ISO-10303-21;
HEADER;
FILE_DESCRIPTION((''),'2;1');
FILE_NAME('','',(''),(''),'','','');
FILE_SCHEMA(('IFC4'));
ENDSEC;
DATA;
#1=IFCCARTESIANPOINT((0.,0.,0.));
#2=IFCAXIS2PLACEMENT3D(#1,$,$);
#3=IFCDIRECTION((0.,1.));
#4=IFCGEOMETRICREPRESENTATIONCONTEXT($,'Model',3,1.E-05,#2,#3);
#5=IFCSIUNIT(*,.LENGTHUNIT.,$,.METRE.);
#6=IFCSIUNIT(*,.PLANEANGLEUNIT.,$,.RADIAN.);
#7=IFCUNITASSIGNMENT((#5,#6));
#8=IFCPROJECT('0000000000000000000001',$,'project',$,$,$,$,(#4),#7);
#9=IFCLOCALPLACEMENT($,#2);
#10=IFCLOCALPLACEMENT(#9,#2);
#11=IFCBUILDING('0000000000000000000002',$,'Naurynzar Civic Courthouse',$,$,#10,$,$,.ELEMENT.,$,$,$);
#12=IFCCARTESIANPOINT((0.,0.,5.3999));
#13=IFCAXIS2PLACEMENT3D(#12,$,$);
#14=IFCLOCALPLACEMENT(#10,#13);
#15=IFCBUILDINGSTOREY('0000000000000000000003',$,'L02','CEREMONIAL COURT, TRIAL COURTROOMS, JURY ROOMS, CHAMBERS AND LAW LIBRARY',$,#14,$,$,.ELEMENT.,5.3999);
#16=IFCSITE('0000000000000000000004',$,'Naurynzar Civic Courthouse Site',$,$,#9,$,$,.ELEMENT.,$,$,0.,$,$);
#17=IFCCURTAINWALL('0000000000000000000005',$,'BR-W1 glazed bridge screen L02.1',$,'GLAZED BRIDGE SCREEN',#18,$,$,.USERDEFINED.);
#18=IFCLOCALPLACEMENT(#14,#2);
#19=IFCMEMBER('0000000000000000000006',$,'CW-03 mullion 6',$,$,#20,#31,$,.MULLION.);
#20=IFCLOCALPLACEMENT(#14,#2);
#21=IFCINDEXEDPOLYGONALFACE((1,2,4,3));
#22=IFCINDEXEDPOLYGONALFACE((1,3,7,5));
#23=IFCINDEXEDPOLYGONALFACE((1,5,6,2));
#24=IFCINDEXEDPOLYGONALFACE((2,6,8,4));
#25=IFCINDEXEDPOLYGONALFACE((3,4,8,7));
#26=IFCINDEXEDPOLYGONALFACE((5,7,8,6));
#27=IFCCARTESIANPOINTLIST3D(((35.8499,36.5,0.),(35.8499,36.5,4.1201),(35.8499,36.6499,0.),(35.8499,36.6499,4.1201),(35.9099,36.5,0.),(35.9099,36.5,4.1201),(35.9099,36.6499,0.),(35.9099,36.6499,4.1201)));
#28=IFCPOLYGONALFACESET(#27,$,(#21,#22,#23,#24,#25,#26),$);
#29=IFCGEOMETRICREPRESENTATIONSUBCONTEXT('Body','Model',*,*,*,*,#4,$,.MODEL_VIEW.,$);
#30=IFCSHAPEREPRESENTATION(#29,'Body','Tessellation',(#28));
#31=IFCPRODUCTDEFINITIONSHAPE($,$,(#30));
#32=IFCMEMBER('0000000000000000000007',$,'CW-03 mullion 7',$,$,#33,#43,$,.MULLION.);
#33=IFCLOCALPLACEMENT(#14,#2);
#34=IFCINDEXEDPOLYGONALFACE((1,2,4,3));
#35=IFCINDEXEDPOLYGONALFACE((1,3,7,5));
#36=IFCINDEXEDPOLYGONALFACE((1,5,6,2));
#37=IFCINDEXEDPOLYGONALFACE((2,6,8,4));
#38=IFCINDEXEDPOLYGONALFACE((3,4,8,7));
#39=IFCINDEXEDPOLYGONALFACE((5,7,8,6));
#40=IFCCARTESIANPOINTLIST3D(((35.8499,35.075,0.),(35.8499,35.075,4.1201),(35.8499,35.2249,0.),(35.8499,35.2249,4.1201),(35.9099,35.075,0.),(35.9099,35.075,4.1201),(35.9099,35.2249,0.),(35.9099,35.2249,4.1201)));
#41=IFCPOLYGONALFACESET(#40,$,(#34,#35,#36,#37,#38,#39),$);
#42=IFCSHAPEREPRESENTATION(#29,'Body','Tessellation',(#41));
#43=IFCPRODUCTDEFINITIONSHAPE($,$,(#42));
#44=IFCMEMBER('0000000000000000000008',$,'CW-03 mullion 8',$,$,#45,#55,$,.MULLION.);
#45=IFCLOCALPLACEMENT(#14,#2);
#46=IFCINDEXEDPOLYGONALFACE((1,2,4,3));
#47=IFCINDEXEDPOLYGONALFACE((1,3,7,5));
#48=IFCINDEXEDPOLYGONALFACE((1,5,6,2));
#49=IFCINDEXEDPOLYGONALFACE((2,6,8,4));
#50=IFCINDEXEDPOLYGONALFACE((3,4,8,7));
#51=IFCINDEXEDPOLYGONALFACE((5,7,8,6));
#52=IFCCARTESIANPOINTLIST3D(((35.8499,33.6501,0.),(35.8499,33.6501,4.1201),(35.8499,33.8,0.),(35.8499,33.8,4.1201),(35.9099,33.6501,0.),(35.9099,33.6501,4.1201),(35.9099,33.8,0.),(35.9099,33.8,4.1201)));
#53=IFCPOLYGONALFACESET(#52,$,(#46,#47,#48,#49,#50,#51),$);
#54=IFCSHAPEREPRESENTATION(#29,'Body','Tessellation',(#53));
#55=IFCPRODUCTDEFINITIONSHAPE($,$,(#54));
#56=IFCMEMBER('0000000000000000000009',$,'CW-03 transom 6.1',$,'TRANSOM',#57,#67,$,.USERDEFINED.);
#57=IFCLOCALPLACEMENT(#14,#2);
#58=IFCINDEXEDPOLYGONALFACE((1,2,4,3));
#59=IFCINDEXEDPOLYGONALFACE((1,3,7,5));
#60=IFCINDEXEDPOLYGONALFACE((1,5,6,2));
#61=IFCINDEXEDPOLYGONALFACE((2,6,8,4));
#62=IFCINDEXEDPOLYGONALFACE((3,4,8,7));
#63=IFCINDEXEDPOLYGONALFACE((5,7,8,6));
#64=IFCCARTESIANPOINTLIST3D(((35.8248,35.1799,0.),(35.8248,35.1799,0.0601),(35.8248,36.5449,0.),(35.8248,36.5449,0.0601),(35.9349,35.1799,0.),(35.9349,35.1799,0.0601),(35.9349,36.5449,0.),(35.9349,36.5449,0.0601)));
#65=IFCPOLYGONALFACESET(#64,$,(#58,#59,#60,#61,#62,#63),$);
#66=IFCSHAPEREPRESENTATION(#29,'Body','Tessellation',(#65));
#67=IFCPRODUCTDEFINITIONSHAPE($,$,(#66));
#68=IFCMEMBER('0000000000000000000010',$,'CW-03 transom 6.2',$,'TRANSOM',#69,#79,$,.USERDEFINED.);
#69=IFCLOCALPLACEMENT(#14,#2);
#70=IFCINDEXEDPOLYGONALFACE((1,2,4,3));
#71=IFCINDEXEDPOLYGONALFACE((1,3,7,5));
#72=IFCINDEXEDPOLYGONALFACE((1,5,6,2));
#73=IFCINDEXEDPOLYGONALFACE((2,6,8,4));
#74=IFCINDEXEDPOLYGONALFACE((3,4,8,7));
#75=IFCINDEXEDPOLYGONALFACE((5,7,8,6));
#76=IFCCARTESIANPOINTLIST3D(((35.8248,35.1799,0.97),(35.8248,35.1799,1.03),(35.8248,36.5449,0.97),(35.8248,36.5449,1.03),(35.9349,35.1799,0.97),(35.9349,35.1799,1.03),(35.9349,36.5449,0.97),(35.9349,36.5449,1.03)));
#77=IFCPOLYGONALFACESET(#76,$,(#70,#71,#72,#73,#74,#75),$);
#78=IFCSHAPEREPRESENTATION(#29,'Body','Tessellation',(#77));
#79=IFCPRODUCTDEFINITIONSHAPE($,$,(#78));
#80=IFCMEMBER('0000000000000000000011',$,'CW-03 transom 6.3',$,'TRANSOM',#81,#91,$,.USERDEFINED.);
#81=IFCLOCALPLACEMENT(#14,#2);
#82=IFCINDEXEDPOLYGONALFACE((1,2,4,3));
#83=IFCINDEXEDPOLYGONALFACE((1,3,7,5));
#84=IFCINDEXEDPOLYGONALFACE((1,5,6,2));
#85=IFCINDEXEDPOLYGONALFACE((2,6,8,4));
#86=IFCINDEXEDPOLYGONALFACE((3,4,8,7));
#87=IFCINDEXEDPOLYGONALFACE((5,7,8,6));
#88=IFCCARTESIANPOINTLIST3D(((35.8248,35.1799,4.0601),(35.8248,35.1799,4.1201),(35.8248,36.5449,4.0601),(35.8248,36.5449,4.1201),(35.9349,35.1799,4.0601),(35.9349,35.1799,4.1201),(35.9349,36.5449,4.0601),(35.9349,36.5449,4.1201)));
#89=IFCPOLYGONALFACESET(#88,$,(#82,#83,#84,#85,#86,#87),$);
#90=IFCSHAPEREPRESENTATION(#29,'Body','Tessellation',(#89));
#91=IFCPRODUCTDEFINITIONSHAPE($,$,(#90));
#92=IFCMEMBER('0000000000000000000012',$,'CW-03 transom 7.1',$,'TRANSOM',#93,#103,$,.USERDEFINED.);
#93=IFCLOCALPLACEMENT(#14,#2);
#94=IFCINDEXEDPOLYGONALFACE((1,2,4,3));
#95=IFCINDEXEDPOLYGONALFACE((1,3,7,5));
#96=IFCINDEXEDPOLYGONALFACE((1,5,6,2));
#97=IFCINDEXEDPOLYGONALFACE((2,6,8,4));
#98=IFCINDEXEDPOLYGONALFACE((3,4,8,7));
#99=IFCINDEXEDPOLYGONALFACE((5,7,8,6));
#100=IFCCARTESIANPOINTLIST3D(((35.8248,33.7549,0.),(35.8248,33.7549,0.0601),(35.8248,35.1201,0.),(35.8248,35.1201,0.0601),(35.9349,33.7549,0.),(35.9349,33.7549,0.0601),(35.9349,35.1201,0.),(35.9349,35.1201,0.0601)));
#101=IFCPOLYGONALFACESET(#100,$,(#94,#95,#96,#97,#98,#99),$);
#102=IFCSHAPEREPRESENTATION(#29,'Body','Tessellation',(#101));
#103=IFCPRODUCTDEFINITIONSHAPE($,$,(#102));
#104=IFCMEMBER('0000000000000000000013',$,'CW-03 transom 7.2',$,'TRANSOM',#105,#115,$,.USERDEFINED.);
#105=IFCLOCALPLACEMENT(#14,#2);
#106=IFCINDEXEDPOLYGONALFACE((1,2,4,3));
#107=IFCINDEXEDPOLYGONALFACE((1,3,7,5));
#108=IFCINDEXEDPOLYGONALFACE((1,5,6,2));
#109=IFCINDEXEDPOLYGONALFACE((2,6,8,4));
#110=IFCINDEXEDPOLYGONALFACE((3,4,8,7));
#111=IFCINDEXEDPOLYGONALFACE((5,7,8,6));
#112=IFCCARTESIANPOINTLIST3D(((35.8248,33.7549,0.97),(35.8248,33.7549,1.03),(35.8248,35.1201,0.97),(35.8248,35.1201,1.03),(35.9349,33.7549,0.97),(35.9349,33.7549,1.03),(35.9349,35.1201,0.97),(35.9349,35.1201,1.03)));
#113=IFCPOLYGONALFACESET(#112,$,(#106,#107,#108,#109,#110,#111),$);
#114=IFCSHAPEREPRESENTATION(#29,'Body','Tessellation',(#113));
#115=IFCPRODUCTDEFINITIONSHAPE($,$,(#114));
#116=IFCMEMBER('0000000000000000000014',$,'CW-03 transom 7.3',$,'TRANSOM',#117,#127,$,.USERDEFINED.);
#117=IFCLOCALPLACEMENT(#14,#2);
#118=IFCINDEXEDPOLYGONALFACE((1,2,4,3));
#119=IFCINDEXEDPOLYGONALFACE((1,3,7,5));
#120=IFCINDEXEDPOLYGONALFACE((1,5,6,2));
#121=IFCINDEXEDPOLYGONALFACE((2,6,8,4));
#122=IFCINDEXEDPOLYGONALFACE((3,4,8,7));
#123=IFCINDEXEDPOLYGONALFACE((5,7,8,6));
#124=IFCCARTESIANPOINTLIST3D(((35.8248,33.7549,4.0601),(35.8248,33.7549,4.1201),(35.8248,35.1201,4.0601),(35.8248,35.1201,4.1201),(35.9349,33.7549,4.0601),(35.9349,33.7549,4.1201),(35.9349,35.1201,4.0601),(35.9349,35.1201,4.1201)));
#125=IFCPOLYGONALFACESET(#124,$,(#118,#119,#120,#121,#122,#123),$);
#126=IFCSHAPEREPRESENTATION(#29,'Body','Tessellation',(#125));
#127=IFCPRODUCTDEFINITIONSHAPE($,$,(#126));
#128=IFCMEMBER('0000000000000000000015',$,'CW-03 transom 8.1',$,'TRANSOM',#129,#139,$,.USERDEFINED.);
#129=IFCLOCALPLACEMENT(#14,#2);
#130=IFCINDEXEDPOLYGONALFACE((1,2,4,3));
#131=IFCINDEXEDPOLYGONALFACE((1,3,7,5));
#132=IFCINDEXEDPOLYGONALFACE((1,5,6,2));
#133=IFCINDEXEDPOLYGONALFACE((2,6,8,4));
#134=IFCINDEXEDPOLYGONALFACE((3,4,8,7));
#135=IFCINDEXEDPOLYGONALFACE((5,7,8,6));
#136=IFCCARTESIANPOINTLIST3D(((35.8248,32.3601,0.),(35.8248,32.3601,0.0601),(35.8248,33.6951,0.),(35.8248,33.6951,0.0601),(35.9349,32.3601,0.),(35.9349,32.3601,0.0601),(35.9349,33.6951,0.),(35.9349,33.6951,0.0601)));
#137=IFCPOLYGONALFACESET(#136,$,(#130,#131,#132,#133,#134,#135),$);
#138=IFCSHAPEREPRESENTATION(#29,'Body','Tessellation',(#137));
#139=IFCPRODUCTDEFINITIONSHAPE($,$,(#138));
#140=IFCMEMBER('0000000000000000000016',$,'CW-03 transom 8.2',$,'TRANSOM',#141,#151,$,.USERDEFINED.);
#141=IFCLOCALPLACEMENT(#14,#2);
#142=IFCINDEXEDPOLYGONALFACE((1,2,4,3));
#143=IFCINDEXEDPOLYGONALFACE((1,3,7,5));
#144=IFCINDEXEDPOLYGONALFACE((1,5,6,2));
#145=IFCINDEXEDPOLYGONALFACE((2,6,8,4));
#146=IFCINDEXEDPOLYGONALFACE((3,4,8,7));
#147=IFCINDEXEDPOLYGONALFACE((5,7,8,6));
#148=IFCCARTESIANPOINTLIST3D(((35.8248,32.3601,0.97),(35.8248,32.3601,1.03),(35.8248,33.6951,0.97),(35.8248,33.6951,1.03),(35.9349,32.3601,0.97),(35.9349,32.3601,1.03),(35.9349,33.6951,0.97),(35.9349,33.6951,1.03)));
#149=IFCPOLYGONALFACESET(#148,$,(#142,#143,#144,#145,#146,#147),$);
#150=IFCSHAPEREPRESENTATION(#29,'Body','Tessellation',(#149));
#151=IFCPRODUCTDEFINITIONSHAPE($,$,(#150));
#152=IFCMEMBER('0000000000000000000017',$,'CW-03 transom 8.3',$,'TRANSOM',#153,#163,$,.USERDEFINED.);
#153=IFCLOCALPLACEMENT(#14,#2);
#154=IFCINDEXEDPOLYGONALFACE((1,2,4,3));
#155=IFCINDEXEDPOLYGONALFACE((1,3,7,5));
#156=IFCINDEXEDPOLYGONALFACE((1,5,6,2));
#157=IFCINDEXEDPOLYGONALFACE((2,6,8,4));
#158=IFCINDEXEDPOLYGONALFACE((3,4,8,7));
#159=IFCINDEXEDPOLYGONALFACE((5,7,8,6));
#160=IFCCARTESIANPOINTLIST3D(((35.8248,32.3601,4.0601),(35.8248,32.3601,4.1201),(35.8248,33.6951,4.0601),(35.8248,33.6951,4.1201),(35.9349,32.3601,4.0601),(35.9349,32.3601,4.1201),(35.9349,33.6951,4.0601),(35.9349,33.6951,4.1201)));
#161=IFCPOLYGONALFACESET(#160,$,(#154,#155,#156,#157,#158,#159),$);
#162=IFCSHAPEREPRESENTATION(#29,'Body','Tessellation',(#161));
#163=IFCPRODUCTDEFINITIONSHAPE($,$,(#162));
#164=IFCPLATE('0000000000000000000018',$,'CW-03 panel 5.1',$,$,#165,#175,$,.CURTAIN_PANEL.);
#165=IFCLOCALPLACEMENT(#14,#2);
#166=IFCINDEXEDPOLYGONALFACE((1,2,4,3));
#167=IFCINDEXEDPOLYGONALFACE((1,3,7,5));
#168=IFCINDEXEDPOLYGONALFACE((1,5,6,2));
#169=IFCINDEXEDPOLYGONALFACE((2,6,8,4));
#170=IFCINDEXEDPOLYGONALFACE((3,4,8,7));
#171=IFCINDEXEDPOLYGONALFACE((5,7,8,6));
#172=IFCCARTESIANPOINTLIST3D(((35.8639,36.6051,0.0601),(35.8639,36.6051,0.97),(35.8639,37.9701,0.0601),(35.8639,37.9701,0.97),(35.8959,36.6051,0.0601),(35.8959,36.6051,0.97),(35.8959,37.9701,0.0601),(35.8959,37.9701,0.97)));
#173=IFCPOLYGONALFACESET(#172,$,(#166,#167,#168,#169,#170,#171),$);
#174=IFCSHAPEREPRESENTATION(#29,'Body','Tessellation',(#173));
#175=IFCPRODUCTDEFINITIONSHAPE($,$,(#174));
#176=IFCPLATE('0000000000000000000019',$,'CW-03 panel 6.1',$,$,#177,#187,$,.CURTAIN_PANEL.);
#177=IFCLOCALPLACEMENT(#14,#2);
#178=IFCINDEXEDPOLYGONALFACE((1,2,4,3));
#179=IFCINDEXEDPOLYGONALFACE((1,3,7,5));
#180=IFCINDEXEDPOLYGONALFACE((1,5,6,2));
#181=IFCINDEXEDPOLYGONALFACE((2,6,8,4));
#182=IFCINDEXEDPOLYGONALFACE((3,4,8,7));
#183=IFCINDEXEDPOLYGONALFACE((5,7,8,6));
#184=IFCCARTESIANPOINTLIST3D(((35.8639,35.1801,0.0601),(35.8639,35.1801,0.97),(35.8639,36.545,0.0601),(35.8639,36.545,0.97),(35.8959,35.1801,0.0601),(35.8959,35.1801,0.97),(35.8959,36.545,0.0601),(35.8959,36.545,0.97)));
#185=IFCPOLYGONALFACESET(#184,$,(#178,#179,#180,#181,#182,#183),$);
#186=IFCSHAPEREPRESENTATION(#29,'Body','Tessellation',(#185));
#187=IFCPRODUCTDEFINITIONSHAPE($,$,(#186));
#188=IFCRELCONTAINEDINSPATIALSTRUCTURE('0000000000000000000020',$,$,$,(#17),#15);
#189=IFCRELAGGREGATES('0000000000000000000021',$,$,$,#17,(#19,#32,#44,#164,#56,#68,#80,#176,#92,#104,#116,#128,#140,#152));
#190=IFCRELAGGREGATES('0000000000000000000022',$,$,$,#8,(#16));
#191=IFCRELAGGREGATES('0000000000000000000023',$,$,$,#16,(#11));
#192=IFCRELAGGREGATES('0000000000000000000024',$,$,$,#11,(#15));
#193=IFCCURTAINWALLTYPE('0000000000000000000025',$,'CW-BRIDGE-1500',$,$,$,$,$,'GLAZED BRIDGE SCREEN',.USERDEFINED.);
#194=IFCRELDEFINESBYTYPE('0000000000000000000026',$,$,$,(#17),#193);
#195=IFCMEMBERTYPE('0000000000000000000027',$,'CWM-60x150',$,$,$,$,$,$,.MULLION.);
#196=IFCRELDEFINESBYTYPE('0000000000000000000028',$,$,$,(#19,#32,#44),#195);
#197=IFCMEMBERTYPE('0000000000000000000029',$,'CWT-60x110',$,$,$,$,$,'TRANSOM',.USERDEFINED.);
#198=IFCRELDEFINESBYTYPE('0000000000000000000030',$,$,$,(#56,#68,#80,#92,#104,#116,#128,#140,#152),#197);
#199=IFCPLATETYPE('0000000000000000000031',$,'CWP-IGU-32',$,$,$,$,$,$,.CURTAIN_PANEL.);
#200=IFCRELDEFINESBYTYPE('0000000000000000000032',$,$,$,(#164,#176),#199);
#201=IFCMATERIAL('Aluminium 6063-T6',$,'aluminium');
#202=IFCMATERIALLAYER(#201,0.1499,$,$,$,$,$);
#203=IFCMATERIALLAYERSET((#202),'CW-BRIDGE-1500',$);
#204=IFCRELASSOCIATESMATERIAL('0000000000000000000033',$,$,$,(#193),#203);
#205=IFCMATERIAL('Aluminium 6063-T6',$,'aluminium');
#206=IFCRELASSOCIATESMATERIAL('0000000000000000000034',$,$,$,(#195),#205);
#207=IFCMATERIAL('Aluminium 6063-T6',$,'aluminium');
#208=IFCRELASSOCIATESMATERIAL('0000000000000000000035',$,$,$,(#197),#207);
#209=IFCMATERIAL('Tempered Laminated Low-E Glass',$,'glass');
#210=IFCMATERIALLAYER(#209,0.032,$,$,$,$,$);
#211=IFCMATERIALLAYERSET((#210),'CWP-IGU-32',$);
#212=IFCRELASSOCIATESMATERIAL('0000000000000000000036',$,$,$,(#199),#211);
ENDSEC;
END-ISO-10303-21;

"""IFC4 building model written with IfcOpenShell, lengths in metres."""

from ifc_helpers import new_model, si_unit, direction, frame, origin, origin_2d, place, context, subcontext, project, spatial, rectangle, extrude, material, layer, layer_set, material_profile, profile_set, type_object, element, aggregate, save


model = new_model("IFC4")

# Units and contexts
model_context = context("Model", 3, precision=1e-05, world=origin(), true_north=direction((0.0, 1.0)))
body_context = subcontext(model_context, "Body", "Model", "MODEL_VIEW")
ifc_project = project(units=[si_unit("LENGTHUNIT", "METRE"), si_unit("PLANEANGLEUNIT", "RADIAN")], contexts=[model_context])

# Site, building, storey
site_placement = place(None, origin())
site = spatial("IfcSite", under=ifc_project, at=site_placement, Name="Naurynzar Civic Courthouse Site", CompositionType="ELEMENT", RefElevation=0.0)
building_placement = place(site_placement, origin())
building = spatial("IfcBuilding", under=site, at=building_placement, Name="Naurynzar Civic Courthouse", CompositionType="ELEMENT")
storey_placement = place(building_placement, frame((0.0, 0.0, 5.3999)))
storey = spatial("IfcBuildingStorey", under=building, at=storey_placement, Name="L02", Description="CEREMONIAL COURT, TRIAL COURTROOMS, JURY ROOMS, CHAMBERS AND LAW LIBRARY", CompositionType="ELEMENT", Elevation=5.3999)

# Curtain wall, members, plates
ifc_material_1 = material(Name="Aluminium 6063-T6", Category="aluminium")
ifc_layer_1 = layer(ifc_material_1, 0.1499)
ifc_layer_set_1 = layer_set([ifc_layer_1], Name="CW-BRIDGE-1500")
curtain_wall_type = type_object("IfcCurtainWallType", Name="CW-BRIDGE-1500", ElementType="GLAZED BRIDGE SCREEN", PredefinedType="USERDEFINED", material=ifc_layer_set_1)
curtain_wall_placement = place(storey_placement, origin())
curtain_wall = element("IfcCurtainWall", 1, at=curtain_wall_placement, inside=storey, type_object=curtain_wall_type, Name="BR-W1 glazed bridge screen L02.1", ObjectType="GLAZED BRIDGE SCREEN", PredefinedType="USERDEFINED")
ifc_material_2 = material(Name="Aluminium 6063-T6", Category="aluminium")
ifc_material_profile_1 = material_profile(ifc_material_2, rectangle(XDim=0.0601, YDim=0.1499, at=origin_2d()), Name="ALU MULLION 60x150")
ifc_profile_set_1 = profile_set([ifc_material_profile_1], Name="Aluminium 6063-T6")
member_type_1 = type_object("IfcMemberType", Name="CWM-60x150", PredefinedType="MULLION", material=ifc_profile_set_1)
member_1_placement = place(storey_placement, frame((35.8799, 36.575, 0.0), z_axis=(0.0, 0.0, 1.0), x_axis=(1.0, 0.0, 0.0)))
member_1 = element("IfcMember", 2, at=member_1_placement, type_object=member_type_1, Name="CW-03 mullion 6", PredefinedType="MULLION", context=body_context, shape_type="SweptSolid", body=[
    extrude(rectangle(XDim=0.0601, YDim=0.1499, at=origin_2d()), origin(), (0.0, 0.0, 1.0), 4.1201),
])
member_2_placement = place(storey_placement, frame((35.8799, 35.1499, 0.0), z_axis=(0.0, 0.0, 1.0), x_axis=(1.0, 0.0, 0.0)))
member_2 = element("IfcMember", 3, at=member_2_placement, type_object=member_type_1, Name="CW-03 mullion 7", PredefinedType="MULLION", context=body_context, shape_type="SweptSolid", body=[
    extrude(rectangle(XDim=0.0601, YDim=0.1499, at=origin_2d()), origin(), (0.0, 0.0, 1.0), 4.1201),
])
member_3_placement = place(storey_placement, frame((35.8799, 33.7251, 0.0), z_axis=(0.0, 0.0, 1.0), x_axis=(1.0, 0.0, 0.0)))
member_3 = element("IfcMember", 4, at=member_3_placement, type_object=member_type_1, Name="CW-03 mullion 8", PredefinedType="MULLION", context=body_context, shape_type="SweptSolid", body=[
    extrude(rectangle(XDim=0.0601, YDim=0.1499, at=origin_2d()), origin(), (0.0, 0.0, 1.0), 4.1201),
])
ifc_material_3 = material(Name="Aluminium 6063-T6", Category="aluminium")
ifc_material_profile_2 = material_profile(ifc_material_3, rectangle(XDim=0.1101, YDim=0.0601, at=origin_2d()), Name="ALU TRANSOM 60x110")
ifc_profile_set_2 = profile_set([ifc_material_profile_2], Name="Aluminium 6063-T6")
member_type_2 = type_object("IfcMemberType", Name="CWT-60x110", ElementType="TRANSOM", PredefinedType="USERDEFINED", material=ifc_profile_set_2)
member_4_placement = place(storey_placement, frame((35.8799, 36.5449, 0.03), z_axis=(0.0, -1.0, 0.0), x_axis=(1.0, 0.0, 0.0)))
member_4 = element("IfcMember", 5, at=member_4_placement, type_object=member_type_2, Name="CW-03 transom 6.1", ObjectType="TRANSOM", PredefinedType="USERDEFINED", context=body_context, shape_type="SweptSolid", body=[
    extrude(rectangle(XDim=0.1101, YDim=0.0601, at=origin_2d()), origin(), (0.0, 0.0, 1.0), 1.365),
])
member_5_placement = place(storey_placement, frame((35.8799, 36.5449, 1.0), z_axis=(0.0, -1.0, 0.0), x_axis=(1.0, 0.0, 0.0)))
member_5 = element("IfcMember", 6, at=member_5_placement, type_object=member_type_2, Name="CW-03 transom 6.2", ObjectType="TRANSOM", PredefinedType="USERDEFINED", context=body_context, shape_type="SweptSolid", body=[
    extrude(rectangle(XDim=0.1101, YDim=0.0601, at=origin_2d()), origin(), (0.0, 0.0, 1.0), 1.365),
])
member_6_placement = place(storey_placement, frame((35.8799, 36.5449, 4.0901), z_axis=(0.0, -1.0, 0.0), x_axis=(1.0, 0.0, 0.0)))
member_6 = element("IfcMember", 7, at=member_6_placement, type_object=member_type_2, Name="CW-03 transom 6.3", ObjectType="TRANSOM", PredefinedType="USERDEFINED", context=body_context, shape_type="SweptSolid", body=[
    extrude(rectangle(XDim=0.1101, YDim=0.0601, at=origin_2d()), origin(), (0.0, 0.0, 1.0), 1.365),
])
member_7_placement = place(storey_placement, frame((35.8799, 35.1201, 0.03), z_axis=(0.0, -1.0, 0.0), x_axis=(1.0, 0.0, 0.0)))
member_7 = element("IfcMember", 8, at=member_7_placement, type_object=member_type_2, Name="CW-03 transom 7.1", ObjectType="TRANSOM", PredefinedType="USERDEFINED", context=body_context, shape_type="SweptSolid", body=[
    extrude(rectangle(XDim=0.1101, YDim=0.0601, at=origin_2d()), origin(), (0.0, 0.0, 1.0), 1.3652),
])
member_8_placement = place(storey_placement, frame((35.8799, 35.1201, 1.0), z_axis=(0.0, -1.0, 0.0), x_axis=(1.0, 0.0, 0.0)))
member_8 = element("IfcMember", 9, at=member_8_placement, type_object=member_type_2, Name="CW-03 transom 7.2", ObjectType="TRANSOM", PredefinedType="USERDEFINED", context=body_context, shape_type="SweptSolid", body=[
    extrude(rectangle(XDim=0.1101, YDim=0.0601, at=origin_2d()), origin(), (0.0, 0.0, 1.0), 1.3652),
])
member_9_placement = place(storey_placement, frame((35.8799, 35.1201, 4.0901), z_axis=(0.0, -1.0, 0.0), x_axis=(1.0, 0.0, 0.0)))
member_9 = element("IfcMember", 10, at=member_9_placement, type_object=member_type_2, Name="CW-03 transom 7.3", ObjectType="TRANSOM", PredefinedType="USERDEFINED", context=body_context, shape_type="SweptSolid", body=[
    extrude(rectangle(XDim=0.1101, YDim=0.0601, at=origin_2d()), origin(), (0.0, 0.0, 1.0), 1.3652),
])
member_10_placement = place(storey_placement, frame((35.8799, 33.6951, 0.03), z_axis=(0.0, -1.0, 0.0), x_axis=(1.0, 0.0, 0.0)))
member_10 = element("IfcMember", 11, at=member_10_placement, type_object=member_type_2, Name="CW-03 transom 8.1", ObjectType="TRANSOM", PredefinedType="USERDEFINED", context=body_context, shape_type="SweptSolid", body=[
    extrude(rectangle(XDim=0.1101, YDim=0.0601, at=origin_2d()), origin(), (0.0, 0.0, 1.0), 1.335),
])
member_11_placement = place(storey_placement, frame((35.8799, 33.6951, 1.0), z_axis=(0.0, -1.0, 0.0), x_axis=(1.0, 0.0, 0.0)))
member_11 = element("IfcMember", 12, at=member_11_placement, type_object=member_type_2, Name="CW-03 transom 8.2", ObjectType="TRANSOM", PredefinedType="USERDEFINED", context=body_context, shape_type="SweptSolid", body=[
    extrude(rectangle(XDim=0.1101, YDim=0.0601, at=origin_2d()), origin(), (0.0, 0.0, 1.0), 1.335),
])
member_12_placement = place(storey_placement, frame((35.8799, 33.6951, 4.0901), z_axis=(0.0, -1.0, 0.0), x_axis=(1.0, 0.0, 0.0)))
member_12 = element("IfcMember", 13, at=member_12_placement, type_object=member_type_2, Name="CW-03 transom 8.3", ObjectType="TRANSOM", PredefinedType="USERDEFINED", context=body_context, shape_type="SweptSolid", body=[
    extrude(rectangle(XDim=0.1101, YDim=0.0601, at=origin_2d()), origin(), (0.0, 0.0, 1.0), 1.335),
])
ifc_material_4 = material(Name="Tempered Laminated Low-E Glass", Category="glass")
ifc_layer_2 = layer(ifc_material_4, 0.032)
ifc_layer_set_2 = layer_set([ifc_layer_2], Name="CWP-IGU-32")
plate_type = type_object("IfcPlateType", Name="CWP-IGU-32", PredefinedType="CURTAIN_PANEL", material=ifc_layer_set_2)
plate_1_placement = place(storey_placement, frame((35.8799, 37.2876, 0.0601), z_axis=(0.0, 0.0, 1.0), x_axis=(0.0, -1.0, 0.0)))
plate_1 = element("IfcPlate", 14, at=plate_1_placement, type_object=plate_type, Name="CW-03 panel 5.1", PredefinedType="CURTAIN_PANEL", context=body_context, shape_type="SweptSolid", body=[
    extrude(rectangle(XDim=1.365, YDim=0.032, at=origin_2d()), origin(), (0.0, 0.0, 1.0), 0.9099),
])
plate_2_placement = place(storey_placement, frame((35.8799, 35.8625, 0.0601), z_axis=(0.0, 0.0, 1.0), x_axis=(0.0, -1.0, 0.0)))
plate_2 = element("IfcPlate", 15, at=plate_2_placement, type_object=plate_type, Name="CW-03 panel 6.1", PredefinedType="CURTAIN_PANEL", context=body_context, shape_type="SweptSolid", body=[
    extrude(rectangle(XDim=1.365, YDim=0.032, at=origin_2d()), origin(), (0.0, 0.0, 1.0), 0.9099),
])
aggregate(curtain_wall, [member_1, member_2, member_3, plate_1, member_4, member_5, member_6, plate_2, member_7, member_8, member_9, member_10, member_11, member_12])

save(model, "model.ifc")
